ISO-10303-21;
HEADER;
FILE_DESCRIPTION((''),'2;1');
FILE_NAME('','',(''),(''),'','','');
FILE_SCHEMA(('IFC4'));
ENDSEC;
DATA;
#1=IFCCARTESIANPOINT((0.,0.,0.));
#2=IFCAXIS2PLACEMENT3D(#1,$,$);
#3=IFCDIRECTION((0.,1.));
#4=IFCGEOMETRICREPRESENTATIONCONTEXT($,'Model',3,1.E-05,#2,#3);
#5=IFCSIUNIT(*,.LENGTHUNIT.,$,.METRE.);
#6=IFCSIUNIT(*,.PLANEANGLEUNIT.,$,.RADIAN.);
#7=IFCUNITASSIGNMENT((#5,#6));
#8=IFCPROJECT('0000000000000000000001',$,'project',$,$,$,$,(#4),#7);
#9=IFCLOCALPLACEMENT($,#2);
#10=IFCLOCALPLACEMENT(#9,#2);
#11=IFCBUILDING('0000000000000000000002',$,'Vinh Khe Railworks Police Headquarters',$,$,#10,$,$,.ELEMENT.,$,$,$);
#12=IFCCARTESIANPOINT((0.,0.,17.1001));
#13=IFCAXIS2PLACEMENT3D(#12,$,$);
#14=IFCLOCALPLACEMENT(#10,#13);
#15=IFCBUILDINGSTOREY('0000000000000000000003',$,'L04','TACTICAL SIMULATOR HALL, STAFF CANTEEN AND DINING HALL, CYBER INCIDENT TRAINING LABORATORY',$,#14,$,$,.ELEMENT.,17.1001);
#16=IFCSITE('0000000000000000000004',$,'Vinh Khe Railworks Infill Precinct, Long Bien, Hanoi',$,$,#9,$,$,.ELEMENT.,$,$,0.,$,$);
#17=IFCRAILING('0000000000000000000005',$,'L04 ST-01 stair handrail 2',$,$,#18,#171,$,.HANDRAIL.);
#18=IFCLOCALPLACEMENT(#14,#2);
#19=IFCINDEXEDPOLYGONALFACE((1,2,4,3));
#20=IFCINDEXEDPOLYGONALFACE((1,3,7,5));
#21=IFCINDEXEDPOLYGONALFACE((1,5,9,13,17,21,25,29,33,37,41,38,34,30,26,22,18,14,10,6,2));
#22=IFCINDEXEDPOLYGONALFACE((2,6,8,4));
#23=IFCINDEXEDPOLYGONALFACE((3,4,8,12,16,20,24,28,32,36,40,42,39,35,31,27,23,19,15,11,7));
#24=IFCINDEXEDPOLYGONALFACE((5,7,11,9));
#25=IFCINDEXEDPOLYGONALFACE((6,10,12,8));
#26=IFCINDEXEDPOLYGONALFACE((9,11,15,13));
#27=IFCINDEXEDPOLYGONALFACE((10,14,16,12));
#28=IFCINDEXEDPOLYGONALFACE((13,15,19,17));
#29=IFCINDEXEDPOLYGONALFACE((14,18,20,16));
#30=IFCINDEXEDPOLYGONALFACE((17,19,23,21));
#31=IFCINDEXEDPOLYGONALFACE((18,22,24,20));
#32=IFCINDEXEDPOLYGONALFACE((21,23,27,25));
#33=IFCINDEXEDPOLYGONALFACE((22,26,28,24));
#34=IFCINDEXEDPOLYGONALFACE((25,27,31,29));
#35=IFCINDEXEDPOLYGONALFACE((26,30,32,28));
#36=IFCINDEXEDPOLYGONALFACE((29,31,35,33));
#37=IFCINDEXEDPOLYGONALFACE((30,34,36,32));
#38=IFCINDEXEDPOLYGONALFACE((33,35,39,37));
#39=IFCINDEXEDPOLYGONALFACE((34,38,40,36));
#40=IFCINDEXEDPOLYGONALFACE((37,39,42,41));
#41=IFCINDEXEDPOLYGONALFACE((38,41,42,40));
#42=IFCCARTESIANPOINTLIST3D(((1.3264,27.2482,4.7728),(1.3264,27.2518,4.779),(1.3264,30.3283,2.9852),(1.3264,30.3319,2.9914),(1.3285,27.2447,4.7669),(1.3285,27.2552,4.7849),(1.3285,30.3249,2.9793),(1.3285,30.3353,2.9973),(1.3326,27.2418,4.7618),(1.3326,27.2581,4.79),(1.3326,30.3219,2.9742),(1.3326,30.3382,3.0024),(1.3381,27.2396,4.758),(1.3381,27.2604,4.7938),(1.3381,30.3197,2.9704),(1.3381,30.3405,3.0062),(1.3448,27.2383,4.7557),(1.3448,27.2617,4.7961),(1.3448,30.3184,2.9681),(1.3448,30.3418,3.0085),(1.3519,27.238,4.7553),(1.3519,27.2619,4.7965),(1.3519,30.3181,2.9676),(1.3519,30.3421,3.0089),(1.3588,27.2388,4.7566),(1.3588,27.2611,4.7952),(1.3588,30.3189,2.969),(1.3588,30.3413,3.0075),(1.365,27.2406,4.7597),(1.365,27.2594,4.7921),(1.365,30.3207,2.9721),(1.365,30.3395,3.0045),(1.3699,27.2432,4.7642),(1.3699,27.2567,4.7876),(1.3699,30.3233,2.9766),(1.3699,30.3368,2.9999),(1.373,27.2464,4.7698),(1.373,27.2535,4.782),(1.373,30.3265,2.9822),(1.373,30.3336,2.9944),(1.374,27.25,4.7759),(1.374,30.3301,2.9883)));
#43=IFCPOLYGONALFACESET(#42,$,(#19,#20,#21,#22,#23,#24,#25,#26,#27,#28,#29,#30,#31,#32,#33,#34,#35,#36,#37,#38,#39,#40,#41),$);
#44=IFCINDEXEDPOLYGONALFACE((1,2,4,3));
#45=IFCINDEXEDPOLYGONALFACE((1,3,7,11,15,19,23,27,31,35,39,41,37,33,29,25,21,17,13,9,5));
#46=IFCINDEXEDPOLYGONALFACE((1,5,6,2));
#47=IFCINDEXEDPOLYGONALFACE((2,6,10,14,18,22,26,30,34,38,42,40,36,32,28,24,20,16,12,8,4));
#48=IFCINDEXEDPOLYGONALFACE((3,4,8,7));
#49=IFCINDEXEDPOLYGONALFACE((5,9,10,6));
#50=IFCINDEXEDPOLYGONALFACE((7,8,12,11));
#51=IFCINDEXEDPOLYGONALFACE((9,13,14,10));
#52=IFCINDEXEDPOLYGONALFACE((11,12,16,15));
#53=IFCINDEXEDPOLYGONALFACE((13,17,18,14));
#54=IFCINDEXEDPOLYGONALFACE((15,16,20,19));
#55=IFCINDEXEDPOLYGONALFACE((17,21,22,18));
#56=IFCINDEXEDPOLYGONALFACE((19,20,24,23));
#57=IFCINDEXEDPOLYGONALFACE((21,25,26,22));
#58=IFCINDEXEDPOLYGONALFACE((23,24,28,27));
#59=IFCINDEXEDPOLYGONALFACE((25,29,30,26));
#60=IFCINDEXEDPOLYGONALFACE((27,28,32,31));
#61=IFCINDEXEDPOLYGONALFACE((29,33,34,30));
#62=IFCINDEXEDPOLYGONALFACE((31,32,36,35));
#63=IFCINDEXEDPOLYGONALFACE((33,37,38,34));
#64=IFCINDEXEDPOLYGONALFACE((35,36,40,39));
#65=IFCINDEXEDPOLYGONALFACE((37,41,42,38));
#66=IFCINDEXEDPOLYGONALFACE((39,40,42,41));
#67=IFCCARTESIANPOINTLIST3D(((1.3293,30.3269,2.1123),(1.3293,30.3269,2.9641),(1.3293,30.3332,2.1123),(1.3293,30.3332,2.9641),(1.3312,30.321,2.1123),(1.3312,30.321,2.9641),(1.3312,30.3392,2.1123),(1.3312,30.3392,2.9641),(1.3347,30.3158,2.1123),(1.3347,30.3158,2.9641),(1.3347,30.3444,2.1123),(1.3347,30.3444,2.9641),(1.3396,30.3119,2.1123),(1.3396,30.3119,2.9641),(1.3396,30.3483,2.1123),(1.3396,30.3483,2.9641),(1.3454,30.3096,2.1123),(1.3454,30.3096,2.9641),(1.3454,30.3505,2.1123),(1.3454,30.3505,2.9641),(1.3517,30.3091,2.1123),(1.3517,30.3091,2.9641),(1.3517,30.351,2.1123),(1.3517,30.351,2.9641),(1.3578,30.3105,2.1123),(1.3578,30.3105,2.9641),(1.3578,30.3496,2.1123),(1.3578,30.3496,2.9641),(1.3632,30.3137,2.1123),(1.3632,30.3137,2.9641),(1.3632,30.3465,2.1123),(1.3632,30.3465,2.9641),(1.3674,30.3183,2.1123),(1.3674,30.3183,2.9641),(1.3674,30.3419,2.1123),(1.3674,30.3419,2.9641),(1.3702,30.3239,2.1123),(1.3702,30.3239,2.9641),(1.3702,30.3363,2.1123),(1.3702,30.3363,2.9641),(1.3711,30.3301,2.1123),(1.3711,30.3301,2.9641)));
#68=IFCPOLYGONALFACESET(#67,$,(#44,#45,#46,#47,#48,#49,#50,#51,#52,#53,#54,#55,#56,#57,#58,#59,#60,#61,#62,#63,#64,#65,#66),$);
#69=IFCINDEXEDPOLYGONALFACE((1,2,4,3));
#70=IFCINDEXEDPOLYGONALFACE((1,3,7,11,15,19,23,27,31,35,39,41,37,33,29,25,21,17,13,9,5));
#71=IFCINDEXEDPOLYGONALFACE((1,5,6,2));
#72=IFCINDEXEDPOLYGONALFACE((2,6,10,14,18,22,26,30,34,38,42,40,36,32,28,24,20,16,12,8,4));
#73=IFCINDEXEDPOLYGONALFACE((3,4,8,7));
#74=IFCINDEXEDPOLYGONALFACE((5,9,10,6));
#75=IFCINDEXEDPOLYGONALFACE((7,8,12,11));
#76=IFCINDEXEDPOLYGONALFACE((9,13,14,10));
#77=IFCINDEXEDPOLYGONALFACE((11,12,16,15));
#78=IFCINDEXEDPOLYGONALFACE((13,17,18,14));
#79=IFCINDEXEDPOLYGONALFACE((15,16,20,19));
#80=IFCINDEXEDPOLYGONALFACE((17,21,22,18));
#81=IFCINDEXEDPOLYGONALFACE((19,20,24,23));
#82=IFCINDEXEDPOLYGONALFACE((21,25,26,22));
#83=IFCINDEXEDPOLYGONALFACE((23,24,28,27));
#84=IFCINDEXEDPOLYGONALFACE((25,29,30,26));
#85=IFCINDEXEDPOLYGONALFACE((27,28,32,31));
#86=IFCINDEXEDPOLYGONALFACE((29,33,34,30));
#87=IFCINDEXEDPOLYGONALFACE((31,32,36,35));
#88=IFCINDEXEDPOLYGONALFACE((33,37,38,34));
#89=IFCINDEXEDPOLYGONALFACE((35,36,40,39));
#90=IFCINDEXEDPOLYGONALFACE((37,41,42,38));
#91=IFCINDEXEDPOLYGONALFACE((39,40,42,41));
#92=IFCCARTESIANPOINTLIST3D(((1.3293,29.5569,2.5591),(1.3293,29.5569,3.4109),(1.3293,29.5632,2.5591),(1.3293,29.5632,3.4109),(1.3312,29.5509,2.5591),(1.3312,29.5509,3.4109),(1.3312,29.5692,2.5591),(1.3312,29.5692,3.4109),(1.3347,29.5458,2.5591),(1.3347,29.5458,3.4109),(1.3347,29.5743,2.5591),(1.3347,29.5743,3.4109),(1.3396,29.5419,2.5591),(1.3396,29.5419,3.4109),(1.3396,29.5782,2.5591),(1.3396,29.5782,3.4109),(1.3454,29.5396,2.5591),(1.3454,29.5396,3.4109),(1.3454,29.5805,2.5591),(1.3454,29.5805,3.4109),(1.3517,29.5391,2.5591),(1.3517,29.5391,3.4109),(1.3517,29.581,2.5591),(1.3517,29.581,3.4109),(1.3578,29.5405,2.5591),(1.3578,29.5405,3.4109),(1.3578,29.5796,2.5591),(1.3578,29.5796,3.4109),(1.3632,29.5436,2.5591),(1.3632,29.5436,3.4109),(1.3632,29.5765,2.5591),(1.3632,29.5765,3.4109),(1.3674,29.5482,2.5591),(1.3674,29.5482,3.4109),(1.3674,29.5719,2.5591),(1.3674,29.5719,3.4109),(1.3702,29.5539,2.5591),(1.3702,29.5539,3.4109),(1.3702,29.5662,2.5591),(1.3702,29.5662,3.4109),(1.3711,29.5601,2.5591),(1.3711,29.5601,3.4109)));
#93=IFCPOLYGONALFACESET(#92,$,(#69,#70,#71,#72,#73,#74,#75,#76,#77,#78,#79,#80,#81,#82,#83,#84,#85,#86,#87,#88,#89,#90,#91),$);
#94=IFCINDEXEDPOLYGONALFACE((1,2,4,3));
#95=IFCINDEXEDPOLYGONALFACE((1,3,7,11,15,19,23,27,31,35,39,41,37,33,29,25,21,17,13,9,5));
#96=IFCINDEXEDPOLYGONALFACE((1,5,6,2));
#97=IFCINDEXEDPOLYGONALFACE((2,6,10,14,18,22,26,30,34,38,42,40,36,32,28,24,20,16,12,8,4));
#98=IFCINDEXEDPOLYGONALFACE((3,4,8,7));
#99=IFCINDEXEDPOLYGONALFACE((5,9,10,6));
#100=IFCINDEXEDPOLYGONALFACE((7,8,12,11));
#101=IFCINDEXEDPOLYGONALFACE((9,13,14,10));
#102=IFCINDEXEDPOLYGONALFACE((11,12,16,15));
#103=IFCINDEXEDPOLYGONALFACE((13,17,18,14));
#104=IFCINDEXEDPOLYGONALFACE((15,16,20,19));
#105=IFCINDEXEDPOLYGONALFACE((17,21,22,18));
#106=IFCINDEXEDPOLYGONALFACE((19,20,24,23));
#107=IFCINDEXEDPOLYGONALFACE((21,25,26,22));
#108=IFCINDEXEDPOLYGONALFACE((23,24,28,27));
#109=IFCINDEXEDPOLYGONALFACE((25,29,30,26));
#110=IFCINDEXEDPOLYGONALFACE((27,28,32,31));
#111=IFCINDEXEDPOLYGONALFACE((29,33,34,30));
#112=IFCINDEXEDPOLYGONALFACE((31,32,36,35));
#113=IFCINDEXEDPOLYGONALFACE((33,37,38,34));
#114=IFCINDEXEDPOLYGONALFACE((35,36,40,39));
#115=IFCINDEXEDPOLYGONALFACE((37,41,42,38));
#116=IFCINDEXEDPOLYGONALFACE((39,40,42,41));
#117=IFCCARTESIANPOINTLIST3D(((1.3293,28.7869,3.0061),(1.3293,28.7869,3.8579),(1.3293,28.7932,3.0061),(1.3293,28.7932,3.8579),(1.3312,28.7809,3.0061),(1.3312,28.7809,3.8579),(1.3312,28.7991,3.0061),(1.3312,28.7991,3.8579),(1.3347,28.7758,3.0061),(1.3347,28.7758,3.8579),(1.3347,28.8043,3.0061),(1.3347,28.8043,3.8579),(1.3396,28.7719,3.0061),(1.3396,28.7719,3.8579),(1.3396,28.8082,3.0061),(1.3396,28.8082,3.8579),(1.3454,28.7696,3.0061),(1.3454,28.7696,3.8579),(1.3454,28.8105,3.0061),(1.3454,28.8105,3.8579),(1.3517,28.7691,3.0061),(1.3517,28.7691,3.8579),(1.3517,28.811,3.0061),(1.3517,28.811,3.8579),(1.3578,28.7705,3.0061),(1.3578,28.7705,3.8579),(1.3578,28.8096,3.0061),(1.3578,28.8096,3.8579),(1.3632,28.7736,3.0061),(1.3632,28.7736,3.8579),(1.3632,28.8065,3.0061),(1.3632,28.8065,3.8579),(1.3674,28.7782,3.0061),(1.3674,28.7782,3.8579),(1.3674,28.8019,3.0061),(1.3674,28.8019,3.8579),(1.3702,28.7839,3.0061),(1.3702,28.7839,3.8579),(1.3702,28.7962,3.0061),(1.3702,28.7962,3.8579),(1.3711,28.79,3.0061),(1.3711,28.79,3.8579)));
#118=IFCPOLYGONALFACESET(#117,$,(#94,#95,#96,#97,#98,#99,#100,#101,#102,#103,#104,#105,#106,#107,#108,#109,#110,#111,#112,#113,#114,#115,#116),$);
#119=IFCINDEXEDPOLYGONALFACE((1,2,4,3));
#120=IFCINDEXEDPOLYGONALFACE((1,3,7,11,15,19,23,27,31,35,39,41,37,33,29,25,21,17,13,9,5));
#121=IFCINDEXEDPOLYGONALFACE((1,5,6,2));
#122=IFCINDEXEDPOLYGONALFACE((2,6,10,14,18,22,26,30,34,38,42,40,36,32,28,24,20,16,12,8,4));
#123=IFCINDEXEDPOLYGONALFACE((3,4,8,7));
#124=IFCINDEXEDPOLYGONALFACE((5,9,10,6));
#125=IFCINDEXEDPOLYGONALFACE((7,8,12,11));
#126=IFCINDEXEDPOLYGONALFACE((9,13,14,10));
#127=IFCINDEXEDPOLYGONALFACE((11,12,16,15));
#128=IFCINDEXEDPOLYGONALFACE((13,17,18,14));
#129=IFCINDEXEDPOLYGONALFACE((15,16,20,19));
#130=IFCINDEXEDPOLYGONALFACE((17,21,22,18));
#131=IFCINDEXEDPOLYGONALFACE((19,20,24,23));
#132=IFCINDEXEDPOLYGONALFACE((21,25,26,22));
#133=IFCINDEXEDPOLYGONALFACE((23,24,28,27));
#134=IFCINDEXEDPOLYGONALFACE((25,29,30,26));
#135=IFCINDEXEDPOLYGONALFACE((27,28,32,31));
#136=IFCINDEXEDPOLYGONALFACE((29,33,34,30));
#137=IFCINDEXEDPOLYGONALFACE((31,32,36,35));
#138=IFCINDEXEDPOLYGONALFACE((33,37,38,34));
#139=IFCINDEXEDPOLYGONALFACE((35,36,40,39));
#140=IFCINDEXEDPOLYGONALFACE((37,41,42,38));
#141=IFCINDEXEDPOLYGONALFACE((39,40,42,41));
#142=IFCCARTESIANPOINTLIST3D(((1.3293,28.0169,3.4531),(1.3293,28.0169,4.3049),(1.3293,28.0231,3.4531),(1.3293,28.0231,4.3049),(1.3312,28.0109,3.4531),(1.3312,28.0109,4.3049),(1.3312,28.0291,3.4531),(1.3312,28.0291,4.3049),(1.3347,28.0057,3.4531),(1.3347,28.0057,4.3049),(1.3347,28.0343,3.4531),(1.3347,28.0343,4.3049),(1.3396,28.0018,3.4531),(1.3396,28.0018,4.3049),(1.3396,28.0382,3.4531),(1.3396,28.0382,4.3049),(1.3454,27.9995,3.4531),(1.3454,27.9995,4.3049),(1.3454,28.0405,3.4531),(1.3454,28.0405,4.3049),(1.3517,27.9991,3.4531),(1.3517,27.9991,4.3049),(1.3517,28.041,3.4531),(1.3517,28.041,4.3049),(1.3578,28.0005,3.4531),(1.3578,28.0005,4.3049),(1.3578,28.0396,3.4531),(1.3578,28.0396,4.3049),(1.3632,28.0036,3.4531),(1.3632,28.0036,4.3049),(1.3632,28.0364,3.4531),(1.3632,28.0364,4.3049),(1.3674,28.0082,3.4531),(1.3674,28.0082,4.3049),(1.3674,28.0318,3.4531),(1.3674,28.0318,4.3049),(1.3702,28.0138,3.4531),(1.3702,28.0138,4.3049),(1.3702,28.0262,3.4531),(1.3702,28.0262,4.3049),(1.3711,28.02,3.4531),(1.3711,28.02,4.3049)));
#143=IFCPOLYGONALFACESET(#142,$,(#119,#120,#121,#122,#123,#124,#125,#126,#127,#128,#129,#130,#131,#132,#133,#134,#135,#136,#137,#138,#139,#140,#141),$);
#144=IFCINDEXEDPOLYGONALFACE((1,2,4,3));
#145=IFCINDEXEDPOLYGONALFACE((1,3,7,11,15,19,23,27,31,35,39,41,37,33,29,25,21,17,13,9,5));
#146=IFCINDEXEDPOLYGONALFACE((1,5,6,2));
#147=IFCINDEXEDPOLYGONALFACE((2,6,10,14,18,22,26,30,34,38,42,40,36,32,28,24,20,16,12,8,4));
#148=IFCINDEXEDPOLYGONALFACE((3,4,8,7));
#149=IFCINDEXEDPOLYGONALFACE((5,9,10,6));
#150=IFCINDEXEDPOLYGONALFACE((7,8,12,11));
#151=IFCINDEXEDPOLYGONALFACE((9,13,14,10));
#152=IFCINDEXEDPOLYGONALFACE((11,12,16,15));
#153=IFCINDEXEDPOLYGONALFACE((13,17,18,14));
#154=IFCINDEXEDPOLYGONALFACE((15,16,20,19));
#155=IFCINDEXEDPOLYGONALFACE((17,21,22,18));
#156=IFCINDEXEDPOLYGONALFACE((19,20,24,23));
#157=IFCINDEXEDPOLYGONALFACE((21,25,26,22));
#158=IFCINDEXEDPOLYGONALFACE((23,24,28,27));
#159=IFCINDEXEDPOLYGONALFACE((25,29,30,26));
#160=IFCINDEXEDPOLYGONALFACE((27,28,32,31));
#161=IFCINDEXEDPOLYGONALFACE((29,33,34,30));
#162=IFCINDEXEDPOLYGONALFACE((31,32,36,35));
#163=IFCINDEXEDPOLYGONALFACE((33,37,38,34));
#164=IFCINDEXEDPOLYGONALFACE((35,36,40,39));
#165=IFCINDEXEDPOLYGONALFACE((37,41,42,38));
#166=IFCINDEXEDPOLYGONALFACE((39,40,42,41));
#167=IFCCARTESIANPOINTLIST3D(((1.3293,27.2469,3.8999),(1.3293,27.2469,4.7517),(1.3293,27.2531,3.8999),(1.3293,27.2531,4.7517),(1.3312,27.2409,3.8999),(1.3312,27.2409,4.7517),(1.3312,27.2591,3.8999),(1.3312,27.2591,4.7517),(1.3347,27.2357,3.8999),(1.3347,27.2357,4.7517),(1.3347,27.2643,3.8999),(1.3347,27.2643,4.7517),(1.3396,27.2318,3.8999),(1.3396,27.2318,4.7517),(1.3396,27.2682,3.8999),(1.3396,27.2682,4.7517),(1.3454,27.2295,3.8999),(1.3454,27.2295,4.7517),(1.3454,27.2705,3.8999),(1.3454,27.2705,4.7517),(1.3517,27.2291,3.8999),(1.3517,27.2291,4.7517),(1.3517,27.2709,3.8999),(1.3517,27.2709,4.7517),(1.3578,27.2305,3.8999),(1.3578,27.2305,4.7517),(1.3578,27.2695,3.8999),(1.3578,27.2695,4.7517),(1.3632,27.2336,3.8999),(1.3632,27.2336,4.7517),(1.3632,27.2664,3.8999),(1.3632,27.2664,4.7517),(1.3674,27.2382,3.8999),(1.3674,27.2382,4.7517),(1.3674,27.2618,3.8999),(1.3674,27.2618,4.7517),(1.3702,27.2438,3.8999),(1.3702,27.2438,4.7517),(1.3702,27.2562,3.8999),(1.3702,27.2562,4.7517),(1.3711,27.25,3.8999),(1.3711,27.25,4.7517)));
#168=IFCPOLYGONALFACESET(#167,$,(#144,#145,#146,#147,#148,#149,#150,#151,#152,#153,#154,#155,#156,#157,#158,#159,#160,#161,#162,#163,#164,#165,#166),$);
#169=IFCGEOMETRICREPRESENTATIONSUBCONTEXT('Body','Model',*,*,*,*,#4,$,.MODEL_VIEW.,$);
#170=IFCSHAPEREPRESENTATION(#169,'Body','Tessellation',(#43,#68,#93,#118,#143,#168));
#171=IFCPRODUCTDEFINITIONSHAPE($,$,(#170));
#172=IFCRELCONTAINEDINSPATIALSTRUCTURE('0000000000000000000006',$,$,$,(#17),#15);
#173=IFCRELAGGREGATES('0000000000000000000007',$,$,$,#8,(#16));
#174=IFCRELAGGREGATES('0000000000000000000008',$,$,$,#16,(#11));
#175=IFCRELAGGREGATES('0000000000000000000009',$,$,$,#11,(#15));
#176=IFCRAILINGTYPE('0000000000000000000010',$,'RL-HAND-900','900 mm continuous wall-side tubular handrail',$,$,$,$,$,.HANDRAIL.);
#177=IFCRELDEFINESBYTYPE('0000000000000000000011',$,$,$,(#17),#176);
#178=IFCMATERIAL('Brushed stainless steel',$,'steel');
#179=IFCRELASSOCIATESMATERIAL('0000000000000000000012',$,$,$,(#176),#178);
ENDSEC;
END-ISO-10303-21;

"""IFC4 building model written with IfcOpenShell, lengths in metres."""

from ifc_helpers import new_model, si_unit, direction, frame, origin, origin_2d, place, context, subcontext, project, spatial, circle, extrude, material, type_object, element, save


model = new_model("IFC4")

# Units and contexts
model_context = context("Model", 3, precision=1e-05, world=origin(), true_north=direction((0.0, 1.0)))
body_context = subcontext(model_context, "Body", "Model", "MODEL_VIEW")
ifc_project = project(units=[si_unit("LENGTHUNIT", "METRE"), si_unit("PLANEANGLEUNIT", "RADIAN")], contexts=[model_context])

# Site, building, storey
site_placement = place(None, origin())
site = spatial("IfcSite", under=ifc_project, at=site_placement, Name="Vinh Khe Railworks Infill Precinct, Long Bien, Hanoi", CompositionType="ELEMENT", RefElevation=0.0)
building_placement = place(site_placement, origin())
building = spatial("IfcBuilding", under=site, at=building_placement, Name="Vinh Khe Railworks Police Headquarters", CompositionType="ELEMENT")
storey_placement = place(building_placement, frame((0.0, 0.0, 17.1001)))
storey = spatial("IfcBuildingStorey", under=building, at=storey_placement, Name="L04", Description="TACTICAL SIMULATOR HALL, STAFF CANTEEN AND DINING HALL, CYBER INCIDENT TRAINING LABORATORY", CompositionType="ELEMENT", Elevation=17.1001)

# Railing
ifc_material_1 = material(Name="Brushed stainless steel", Category="steel")
railing_type_1 = type_object("IfcRailingType", Name="RL-HAND-900", Description="900 mm continuous wall-side tubular handrail", PredefinedType="HANDRAIL", material=ifc_material_1)
railing_1_placement = place(storey_placement, frame((1.3501, 30.3301, 2.1123)))
element("IfcRailing", 1, at=railing_1_placement, inside=storey, type_object=railing_type_1, Name="L04 ST-01 stair handrail 2", PredefinedType="HANDRAIL", context=body_context, shape_type="SweptSolid", body=[
    extrude(circle(Radius=0.0239, at=origin_2d()), frame((0.0, 0.0, 0.876), z_axis=(0.0, -0.864891, 0.50196), x_axis=(1.0, 0.0, 0.0)), (0.0, 0.0, 1.0), 3.5613),
    extrude(circle(Radius=0.021, at=origin_2d()), origin(), (0.0, 0.0, 1.0), 0.8518),
    extrude(circle(Radius=0.021, at=origin_2d()), frame((0.0, -0.77, 0.4468)), (0.0, 0.0, 1.0), 0.8518),
    extrude(circle(Radius=0.021, at=origin_2d()), frame((0.0, -1.54, 0.8938)), (0.0, 0.0, 1.0), 0.8518),
    extrude(circle(Radius=0.021, at=origin_2d()), frame((0.0, -2.3101, 1.3408)), (0.0, 0.0, 1.0), 0.8518),
    extrude(circle(Radius=0.021, at=origin_2d()), frame((0.0, -3.0801, 1.7876)), (0.0, 0.0, 1.0), 0.8518),
])

save(model, "model.ifc")
